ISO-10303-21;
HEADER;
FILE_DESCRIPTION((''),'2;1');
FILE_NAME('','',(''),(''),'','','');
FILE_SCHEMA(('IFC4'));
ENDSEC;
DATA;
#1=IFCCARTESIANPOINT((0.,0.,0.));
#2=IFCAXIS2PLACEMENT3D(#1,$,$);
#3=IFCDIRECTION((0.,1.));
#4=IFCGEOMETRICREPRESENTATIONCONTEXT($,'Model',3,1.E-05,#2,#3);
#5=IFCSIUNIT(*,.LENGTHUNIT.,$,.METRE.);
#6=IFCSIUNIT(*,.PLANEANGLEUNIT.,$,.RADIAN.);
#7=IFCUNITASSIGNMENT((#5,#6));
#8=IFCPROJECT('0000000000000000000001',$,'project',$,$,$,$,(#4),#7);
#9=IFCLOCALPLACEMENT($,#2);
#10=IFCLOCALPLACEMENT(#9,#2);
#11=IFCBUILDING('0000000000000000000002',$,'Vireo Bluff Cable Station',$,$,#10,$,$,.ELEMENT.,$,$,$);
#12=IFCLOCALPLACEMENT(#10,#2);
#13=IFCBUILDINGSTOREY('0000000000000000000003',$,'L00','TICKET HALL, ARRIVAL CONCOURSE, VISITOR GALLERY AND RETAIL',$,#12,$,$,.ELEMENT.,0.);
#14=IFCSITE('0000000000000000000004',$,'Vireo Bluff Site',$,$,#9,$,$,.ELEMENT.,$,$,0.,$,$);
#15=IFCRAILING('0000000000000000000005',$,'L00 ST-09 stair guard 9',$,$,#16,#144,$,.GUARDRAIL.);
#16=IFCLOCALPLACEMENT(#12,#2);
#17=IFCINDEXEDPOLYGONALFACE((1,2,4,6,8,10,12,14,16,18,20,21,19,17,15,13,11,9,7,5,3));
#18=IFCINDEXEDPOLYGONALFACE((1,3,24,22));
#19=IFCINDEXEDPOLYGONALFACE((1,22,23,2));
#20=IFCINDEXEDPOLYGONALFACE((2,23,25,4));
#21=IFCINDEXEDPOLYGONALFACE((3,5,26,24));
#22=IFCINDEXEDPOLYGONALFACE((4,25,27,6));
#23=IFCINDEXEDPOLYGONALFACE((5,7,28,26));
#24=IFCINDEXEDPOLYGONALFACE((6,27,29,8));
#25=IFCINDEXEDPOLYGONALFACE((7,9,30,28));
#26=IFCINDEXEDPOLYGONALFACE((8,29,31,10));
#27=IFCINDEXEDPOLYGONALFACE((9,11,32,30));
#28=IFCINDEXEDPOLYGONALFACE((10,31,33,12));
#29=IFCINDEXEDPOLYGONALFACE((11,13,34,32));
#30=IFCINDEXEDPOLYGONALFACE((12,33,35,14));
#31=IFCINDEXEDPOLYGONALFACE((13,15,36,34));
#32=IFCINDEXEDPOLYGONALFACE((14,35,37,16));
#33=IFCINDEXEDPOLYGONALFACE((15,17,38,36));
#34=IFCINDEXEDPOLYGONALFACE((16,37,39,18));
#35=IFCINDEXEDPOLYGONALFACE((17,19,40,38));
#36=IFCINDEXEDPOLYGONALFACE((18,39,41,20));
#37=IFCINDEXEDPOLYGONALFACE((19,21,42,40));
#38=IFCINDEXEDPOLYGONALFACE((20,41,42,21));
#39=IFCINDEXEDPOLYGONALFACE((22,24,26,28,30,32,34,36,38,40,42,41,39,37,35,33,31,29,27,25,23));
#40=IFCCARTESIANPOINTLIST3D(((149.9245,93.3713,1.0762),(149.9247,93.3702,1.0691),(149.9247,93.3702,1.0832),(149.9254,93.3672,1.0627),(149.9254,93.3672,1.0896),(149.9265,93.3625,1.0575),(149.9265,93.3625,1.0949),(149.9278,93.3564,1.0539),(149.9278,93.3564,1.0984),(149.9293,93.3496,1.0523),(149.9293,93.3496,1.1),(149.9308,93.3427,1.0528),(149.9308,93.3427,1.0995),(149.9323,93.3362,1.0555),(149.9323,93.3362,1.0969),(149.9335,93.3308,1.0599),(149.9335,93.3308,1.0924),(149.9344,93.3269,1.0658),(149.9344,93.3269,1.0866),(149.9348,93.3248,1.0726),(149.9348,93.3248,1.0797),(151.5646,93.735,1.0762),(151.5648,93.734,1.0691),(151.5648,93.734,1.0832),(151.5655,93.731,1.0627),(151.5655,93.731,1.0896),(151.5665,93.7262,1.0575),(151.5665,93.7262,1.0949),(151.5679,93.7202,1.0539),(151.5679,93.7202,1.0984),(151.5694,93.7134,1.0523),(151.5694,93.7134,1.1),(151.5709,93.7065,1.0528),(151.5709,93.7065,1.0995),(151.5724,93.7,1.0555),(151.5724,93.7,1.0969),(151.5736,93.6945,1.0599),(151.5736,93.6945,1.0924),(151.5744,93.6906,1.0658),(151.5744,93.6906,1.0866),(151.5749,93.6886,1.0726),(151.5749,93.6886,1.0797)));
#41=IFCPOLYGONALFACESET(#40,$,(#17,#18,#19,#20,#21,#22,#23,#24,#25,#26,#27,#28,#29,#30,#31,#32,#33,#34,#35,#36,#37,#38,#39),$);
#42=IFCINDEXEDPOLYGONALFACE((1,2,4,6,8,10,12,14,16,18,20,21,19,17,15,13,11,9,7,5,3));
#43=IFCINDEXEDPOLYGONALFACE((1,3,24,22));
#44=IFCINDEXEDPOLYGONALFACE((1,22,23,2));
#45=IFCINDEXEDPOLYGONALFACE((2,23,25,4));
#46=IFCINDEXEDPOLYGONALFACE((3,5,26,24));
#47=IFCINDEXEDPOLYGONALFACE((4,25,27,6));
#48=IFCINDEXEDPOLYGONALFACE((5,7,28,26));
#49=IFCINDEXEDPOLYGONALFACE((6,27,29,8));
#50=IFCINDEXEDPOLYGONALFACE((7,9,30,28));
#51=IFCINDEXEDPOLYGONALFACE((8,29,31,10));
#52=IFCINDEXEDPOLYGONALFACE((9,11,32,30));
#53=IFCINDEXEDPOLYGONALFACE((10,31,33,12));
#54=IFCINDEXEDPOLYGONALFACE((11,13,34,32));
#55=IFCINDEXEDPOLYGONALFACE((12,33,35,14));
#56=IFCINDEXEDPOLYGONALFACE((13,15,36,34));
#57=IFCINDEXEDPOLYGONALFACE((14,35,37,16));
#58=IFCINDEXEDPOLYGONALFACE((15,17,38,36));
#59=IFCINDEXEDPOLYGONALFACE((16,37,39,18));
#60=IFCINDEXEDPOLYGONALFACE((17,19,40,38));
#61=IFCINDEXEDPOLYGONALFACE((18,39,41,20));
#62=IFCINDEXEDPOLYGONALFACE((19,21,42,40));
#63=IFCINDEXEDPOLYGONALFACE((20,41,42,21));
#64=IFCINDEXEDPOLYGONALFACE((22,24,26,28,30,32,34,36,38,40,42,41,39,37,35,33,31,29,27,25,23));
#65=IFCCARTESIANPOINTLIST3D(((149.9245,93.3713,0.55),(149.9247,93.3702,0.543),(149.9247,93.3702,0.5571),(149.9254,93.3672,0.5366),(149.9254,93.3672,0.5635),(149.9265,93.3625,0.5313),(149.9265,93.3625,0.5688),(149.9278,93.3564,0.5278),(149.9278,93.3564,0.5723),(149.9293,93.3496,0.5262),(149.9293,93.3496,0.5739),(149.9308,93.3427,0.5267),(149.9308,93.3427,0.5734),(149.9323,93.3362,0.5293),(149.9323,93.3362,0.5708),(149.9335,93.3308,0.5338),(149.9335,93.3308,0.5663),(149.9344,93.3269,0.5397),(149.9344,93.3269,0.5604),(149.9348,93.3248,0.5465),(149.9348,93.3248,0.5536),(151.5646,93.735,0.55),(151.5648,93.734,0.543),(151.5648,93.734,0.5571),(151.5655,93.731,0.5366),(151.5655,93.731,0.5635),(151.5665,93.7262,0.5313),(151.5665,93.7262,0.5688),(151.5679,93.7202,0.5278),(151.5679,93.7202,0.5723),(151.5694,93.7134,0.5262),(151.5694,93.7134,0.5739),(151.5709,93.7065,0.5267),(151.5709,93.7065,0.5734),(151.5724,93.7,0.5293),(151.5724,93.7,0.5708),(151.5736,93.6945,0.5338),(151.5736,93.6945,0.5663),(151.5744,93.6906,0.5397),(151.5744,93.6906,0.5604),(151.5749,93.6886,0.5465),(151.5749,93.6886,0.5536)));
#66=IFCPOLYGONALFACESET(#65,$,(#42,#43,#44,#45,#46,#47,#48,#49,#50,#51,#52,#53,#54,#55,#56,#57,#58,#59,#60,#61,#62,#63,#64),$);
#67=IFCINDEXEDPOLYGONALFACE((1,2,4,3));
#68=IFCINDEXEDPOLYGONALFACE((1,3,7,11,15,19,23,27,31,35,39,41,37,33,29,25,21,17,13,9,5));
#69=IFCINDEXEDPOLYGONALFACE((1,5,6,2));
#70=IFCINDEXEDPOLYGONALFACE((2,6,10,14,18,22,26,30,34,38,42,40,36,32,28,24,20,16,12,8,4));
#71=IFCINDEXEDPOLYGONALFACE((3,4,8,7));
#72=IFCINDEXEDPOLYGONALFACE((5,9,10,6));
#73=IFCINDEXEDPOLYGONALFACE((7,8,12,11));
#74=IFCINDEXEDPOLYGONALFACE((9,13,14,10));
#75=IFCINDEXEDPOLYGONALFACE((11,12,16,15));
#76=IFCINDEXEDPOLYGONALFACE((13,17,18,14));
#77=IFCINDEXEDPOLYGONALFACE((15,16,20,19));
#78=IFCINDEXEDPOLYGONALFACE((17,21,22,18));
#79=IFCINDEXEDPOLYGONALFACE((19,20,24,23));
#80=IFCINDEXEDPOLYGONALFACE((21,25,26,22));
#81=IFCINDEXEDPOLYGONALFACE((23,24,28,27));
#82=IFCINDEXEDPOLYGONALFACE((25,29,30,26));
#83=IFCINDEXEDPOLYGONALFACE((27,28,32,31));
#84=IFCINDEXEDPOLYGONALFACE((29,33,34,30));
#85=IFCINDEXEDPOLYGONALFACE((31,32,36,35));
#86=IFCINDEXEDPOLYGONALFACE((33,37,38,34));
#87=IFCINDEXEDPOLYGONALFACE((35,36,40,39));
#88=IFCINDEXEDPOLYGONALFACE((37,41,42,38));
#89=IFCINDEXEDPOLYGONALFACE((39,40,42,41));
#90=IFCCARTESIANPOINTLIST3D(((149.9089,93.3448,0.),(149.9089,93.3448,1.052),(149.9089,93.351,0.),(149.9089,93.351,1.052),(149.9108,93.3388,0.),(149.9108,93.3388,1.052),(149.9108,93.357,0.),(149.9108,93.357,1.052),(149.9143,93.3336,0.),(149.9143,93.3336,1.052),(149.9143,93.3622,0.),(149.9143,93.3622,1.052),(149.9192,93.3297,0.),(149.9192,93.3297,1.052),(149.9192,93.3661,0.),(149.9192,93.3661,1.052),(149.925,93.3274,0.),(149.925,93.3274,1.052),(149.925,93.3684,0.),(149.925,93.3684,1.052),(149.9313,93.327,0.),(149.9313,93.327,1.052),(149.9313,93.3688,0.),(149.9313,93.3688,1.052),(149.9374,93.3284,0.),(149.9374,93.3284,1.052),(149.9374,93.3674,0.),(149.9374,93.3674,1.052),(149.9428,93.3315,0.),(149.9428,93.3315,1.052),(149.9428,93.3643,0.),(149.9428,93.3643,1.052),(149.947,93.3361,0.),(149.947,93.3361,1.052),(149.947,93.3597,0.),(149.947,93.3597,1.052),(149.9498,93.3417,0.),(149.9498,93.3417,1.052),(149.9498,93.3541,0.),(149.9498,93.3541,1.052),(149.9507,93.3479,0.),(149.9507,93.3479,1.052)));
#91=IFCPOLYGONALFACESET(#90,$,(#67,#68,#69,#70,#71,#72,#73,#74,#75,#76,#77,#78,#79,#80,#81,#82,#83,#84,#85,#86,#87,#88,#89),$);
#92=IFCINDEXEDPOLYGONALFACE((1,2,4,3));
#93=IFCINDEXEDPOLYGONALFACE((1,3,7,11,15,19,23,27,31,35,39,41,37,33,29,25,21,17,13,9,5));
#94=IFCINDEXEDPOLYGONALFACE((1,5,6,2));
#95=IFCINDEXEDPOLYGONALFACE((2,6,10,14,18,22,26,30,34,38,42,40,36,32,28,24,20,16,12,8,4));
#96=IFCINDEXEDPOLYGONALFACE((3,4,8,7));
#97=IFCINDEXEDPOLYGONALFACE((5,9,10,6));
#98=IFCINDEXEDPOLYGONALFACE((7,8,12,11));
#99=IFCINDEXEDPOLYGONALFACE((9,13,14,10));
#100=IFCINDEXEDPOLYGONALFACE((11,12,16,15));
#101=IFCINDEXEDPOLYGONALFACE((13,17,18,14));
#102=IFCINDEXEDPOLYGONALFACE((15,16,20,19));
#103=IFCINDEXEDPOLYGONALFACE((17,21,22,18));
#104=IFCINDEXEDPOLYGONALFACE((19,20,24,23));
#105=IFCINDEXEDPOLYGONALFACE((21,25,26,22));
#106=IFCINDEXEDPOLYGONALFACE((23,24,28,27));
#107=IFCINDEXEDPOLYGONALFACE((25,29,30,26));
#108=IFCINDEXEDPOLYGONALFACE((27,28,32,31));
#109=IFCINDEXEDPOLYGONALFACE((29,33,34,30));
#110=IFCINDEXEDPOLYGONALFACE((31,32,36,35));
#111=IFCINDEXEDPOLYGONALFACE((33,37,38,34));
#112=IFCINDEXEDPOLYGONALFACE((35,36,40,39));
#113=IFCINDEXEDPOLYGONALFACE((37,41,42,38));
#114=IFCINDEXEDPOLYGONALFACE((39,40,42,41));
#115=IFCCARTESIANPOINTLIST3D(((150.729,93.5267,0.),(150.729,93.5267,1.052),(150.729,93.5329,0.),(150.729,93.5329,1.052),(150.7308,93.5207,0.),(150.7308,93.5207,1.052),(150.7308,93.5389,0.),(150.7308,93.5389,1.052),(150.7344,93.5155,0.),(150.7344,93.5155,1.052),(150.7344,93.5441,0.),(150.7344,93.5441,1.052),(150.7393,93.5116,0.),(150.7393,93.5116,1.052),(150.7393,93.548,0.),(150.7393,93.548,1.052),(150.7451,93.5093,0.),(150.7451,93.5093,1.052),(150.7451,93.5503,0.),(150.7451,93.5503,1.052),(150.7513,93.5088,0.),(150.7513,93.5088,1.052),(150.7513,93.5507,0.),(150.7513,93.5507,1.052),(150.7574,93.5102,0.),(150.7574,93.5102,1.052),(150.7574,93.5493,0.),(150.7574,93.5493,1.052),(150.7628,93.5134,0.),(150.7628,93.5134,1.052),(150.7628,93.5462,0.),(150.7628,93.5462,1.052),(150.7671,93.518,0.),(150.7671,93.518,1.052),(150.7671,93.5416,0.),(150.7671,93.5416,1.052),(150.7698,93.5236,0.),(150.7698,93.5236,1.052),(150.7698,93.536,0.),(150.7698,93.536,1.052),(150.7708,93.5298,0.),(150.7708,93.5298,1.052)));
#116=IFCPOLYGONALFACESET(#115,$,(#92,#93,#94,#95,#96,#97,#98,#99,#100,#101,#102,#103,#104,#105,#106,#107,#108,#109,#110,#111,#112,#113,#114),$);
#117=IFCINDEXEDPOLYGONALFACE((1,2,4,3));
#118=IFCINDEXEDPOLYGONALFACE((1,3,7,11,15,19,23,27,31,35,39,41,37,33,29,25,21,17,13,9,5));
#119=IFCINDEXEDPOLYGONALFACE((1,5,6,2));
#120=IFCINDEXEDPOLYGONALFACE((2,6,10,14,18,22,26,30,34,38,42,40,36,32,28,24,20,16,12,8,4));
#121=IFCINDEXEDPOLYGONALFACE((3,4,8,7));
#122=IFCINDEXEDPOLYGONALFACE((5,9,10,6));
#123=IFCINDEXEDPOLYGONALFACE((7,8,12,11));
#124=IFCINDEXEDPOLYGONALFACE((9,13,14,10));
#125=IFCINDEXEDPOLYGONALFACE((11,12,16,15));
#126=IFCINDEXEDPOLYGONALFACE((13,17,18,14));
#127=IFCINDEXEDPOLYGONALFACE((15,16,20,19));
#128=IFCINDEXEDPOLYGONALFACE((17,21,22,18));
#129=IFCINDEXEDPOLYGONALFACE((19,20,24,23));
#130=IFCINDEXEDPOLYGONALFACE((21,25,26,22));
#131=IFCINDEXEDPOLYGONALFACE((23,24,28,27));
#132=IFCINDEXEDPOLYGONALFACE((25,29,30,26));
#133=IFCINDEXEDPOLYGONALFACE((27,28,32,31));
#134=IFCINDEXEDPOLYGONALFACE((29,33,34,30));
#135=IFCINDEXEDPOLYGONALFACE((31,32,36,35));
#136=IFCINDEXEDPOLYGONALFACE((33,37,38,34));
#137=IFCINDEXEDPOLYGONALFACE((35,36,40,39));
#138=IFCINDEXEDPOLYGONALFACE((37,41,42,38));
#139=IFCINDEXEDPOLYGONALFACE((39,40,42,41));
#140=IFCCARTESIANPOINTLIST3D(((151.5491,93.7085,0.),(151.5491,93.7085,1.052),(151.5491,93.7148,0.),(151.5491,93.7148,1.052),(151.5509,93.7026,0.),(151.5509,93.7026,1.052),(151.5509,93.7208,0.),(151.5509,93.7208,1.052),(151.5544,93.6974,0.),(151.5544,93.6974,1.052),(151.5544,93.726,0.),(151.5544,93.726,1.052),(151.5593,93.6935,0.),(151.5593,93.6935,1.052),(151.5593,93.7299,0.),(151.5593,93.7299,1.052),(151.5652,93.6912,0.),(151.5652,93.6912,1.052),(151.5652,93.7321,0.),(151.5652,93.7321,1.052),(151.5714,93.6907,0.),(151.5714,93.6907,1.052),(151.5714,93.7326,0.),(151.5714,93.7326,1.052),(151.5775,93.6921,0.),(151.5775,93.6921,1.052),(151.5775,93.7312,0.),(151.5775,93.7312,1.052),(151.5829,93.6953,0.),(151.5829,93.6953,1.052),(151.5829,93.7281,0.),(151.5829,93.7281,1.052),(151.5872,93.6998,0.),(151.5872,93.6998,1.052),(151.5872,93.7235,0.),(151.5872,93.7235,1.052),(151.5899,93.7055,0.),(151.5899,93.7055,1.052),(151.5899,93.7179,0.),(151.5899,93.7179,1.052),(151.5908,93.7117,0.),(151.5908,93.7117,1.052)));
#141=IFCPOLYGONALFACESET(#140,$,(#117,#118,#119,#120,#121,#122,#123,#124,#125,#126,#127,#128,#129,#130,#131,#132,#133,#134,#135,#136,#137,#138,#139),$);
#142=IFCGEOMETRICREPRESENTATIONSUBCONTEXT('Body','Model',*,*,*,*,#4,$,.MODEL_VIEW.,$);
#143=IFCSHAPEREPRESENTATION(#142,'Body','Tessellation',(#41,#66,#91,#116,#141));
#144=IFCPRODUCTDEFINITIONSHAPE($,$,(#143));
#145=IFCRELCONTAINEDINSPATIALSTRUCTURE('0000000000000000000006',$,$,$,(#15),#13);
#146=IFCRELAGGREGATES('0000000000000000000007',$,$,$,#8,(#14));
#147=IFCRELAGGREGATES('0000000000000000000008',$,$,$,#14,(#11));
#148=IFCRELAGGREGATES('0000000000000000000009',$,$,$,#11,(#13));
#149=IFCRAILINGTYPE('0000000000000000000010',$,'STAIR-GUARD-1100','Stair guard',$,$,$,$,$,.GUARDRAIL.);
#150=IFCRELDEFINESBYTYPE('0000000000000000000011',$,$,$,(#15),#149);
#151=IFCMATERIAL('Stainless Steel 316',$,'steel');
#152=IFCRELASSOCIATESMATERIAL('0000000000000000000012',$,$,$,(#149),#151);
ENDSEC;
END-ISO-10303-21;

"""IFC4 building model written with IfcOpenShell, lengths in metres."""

from ifc_helpers import new_model, si_unit, direction, frame, origin, origin_2d, place, context, subcontext, project, spatial, circle, extrude, material, type_object, element, save


model = new_model("IFC4")

# Units and contexts
model_context = context("Model", 3, precision=1e-05, world=origin(), true_north=direction((0.0, 1.0)))
body_context = subcontext(model_context, "Body", "Model", "MODEL_VIEW")
ifc_project = project(units=[si_unit("LENGTHUNIT", "METRE"), si_unit("PLANEANGLEUNIT", "RADIAN")], contexts=[model_context])

# Site, building, storey
site_placement = place(None, origin())
site = spatial("IfcSite", under=ifc_project, at=site_placement, Name="Vireo Bluff Site", CompositionType="ELEMENT", RefElevation=0.0)
building_placement = place(site_placement, origin())
building = spatial("IfcBuilding", under=site, at=building_placement, Name="Vireo Bluff Cable Station", CompositionType="ELEMENT")
storey_placement = place(building_placement, origin())
storey = spatial("IfcBuildingStorey", under=building, at=storey_placement, Name="L00", Description="TICKET HALL, ARRIVAL CONCOURSE, VISITOR GALLERY AND RETAIL", CompositionType="ELEMENT", Elevation=0.0)

# Railing
ifc_material_1 = material(Name="Stainless Steel 316", Category="steel")
railing_type_1 = type_object("IfcRailingType", Name="STAIR-GUARD-1100", Description="Stair guard", PredefinedType="GUARDRAIL", material=ifc_material_1)
railing_1_placement = place(storey_placement, frame((149.9297, 93.3479, 0.0)))
element("IfcRailing", 1, at=railing_1_placement, inside=storey, type_object=railing_type_1, Name="L00 ST-09 stair guard 9", PredefinedType="GUARDRAIL", context=body_context, shape_type="SweptSolid", body=[
    extrude(circle(Radius=0.0239, at=origin_2d()), frame((0.0, 0.0, 1.0762), z_axis=(0.976276, 0.21653, 0.0), x_axis=(-0.21653, 0.976276, 0.0)), (0.0, 0.0, 1.0), 1.6799),
    extrude(circle(Radius=0.0239, at=origin_2d()), frame((0.0, 0.0, 0.55), z_axis=(0.976276, 0.21653, 0.0), x_axis=(-0.21653, 0.976276, 0.0)), (0.0, 0.0, 1.0), 1.6799),
    extrude(circle(Radius=0.021, at=origin_2d()), origin(), (0.0, 0.0, 1.0), 1.052),
    extrude(circle(Radius=0.021, at=origin_2d()), frame((0.8201, 0.1819, 0.0)), (0.0, 0.0, 1.0), 1.052),
    extrude(circle(Radius=0.021, at=origin_2d()), frame((1.6401, 0.3638, 0.0)), (0.0, 0.0, 1.0), 1.052),
])

save(model, "model.ifc")
